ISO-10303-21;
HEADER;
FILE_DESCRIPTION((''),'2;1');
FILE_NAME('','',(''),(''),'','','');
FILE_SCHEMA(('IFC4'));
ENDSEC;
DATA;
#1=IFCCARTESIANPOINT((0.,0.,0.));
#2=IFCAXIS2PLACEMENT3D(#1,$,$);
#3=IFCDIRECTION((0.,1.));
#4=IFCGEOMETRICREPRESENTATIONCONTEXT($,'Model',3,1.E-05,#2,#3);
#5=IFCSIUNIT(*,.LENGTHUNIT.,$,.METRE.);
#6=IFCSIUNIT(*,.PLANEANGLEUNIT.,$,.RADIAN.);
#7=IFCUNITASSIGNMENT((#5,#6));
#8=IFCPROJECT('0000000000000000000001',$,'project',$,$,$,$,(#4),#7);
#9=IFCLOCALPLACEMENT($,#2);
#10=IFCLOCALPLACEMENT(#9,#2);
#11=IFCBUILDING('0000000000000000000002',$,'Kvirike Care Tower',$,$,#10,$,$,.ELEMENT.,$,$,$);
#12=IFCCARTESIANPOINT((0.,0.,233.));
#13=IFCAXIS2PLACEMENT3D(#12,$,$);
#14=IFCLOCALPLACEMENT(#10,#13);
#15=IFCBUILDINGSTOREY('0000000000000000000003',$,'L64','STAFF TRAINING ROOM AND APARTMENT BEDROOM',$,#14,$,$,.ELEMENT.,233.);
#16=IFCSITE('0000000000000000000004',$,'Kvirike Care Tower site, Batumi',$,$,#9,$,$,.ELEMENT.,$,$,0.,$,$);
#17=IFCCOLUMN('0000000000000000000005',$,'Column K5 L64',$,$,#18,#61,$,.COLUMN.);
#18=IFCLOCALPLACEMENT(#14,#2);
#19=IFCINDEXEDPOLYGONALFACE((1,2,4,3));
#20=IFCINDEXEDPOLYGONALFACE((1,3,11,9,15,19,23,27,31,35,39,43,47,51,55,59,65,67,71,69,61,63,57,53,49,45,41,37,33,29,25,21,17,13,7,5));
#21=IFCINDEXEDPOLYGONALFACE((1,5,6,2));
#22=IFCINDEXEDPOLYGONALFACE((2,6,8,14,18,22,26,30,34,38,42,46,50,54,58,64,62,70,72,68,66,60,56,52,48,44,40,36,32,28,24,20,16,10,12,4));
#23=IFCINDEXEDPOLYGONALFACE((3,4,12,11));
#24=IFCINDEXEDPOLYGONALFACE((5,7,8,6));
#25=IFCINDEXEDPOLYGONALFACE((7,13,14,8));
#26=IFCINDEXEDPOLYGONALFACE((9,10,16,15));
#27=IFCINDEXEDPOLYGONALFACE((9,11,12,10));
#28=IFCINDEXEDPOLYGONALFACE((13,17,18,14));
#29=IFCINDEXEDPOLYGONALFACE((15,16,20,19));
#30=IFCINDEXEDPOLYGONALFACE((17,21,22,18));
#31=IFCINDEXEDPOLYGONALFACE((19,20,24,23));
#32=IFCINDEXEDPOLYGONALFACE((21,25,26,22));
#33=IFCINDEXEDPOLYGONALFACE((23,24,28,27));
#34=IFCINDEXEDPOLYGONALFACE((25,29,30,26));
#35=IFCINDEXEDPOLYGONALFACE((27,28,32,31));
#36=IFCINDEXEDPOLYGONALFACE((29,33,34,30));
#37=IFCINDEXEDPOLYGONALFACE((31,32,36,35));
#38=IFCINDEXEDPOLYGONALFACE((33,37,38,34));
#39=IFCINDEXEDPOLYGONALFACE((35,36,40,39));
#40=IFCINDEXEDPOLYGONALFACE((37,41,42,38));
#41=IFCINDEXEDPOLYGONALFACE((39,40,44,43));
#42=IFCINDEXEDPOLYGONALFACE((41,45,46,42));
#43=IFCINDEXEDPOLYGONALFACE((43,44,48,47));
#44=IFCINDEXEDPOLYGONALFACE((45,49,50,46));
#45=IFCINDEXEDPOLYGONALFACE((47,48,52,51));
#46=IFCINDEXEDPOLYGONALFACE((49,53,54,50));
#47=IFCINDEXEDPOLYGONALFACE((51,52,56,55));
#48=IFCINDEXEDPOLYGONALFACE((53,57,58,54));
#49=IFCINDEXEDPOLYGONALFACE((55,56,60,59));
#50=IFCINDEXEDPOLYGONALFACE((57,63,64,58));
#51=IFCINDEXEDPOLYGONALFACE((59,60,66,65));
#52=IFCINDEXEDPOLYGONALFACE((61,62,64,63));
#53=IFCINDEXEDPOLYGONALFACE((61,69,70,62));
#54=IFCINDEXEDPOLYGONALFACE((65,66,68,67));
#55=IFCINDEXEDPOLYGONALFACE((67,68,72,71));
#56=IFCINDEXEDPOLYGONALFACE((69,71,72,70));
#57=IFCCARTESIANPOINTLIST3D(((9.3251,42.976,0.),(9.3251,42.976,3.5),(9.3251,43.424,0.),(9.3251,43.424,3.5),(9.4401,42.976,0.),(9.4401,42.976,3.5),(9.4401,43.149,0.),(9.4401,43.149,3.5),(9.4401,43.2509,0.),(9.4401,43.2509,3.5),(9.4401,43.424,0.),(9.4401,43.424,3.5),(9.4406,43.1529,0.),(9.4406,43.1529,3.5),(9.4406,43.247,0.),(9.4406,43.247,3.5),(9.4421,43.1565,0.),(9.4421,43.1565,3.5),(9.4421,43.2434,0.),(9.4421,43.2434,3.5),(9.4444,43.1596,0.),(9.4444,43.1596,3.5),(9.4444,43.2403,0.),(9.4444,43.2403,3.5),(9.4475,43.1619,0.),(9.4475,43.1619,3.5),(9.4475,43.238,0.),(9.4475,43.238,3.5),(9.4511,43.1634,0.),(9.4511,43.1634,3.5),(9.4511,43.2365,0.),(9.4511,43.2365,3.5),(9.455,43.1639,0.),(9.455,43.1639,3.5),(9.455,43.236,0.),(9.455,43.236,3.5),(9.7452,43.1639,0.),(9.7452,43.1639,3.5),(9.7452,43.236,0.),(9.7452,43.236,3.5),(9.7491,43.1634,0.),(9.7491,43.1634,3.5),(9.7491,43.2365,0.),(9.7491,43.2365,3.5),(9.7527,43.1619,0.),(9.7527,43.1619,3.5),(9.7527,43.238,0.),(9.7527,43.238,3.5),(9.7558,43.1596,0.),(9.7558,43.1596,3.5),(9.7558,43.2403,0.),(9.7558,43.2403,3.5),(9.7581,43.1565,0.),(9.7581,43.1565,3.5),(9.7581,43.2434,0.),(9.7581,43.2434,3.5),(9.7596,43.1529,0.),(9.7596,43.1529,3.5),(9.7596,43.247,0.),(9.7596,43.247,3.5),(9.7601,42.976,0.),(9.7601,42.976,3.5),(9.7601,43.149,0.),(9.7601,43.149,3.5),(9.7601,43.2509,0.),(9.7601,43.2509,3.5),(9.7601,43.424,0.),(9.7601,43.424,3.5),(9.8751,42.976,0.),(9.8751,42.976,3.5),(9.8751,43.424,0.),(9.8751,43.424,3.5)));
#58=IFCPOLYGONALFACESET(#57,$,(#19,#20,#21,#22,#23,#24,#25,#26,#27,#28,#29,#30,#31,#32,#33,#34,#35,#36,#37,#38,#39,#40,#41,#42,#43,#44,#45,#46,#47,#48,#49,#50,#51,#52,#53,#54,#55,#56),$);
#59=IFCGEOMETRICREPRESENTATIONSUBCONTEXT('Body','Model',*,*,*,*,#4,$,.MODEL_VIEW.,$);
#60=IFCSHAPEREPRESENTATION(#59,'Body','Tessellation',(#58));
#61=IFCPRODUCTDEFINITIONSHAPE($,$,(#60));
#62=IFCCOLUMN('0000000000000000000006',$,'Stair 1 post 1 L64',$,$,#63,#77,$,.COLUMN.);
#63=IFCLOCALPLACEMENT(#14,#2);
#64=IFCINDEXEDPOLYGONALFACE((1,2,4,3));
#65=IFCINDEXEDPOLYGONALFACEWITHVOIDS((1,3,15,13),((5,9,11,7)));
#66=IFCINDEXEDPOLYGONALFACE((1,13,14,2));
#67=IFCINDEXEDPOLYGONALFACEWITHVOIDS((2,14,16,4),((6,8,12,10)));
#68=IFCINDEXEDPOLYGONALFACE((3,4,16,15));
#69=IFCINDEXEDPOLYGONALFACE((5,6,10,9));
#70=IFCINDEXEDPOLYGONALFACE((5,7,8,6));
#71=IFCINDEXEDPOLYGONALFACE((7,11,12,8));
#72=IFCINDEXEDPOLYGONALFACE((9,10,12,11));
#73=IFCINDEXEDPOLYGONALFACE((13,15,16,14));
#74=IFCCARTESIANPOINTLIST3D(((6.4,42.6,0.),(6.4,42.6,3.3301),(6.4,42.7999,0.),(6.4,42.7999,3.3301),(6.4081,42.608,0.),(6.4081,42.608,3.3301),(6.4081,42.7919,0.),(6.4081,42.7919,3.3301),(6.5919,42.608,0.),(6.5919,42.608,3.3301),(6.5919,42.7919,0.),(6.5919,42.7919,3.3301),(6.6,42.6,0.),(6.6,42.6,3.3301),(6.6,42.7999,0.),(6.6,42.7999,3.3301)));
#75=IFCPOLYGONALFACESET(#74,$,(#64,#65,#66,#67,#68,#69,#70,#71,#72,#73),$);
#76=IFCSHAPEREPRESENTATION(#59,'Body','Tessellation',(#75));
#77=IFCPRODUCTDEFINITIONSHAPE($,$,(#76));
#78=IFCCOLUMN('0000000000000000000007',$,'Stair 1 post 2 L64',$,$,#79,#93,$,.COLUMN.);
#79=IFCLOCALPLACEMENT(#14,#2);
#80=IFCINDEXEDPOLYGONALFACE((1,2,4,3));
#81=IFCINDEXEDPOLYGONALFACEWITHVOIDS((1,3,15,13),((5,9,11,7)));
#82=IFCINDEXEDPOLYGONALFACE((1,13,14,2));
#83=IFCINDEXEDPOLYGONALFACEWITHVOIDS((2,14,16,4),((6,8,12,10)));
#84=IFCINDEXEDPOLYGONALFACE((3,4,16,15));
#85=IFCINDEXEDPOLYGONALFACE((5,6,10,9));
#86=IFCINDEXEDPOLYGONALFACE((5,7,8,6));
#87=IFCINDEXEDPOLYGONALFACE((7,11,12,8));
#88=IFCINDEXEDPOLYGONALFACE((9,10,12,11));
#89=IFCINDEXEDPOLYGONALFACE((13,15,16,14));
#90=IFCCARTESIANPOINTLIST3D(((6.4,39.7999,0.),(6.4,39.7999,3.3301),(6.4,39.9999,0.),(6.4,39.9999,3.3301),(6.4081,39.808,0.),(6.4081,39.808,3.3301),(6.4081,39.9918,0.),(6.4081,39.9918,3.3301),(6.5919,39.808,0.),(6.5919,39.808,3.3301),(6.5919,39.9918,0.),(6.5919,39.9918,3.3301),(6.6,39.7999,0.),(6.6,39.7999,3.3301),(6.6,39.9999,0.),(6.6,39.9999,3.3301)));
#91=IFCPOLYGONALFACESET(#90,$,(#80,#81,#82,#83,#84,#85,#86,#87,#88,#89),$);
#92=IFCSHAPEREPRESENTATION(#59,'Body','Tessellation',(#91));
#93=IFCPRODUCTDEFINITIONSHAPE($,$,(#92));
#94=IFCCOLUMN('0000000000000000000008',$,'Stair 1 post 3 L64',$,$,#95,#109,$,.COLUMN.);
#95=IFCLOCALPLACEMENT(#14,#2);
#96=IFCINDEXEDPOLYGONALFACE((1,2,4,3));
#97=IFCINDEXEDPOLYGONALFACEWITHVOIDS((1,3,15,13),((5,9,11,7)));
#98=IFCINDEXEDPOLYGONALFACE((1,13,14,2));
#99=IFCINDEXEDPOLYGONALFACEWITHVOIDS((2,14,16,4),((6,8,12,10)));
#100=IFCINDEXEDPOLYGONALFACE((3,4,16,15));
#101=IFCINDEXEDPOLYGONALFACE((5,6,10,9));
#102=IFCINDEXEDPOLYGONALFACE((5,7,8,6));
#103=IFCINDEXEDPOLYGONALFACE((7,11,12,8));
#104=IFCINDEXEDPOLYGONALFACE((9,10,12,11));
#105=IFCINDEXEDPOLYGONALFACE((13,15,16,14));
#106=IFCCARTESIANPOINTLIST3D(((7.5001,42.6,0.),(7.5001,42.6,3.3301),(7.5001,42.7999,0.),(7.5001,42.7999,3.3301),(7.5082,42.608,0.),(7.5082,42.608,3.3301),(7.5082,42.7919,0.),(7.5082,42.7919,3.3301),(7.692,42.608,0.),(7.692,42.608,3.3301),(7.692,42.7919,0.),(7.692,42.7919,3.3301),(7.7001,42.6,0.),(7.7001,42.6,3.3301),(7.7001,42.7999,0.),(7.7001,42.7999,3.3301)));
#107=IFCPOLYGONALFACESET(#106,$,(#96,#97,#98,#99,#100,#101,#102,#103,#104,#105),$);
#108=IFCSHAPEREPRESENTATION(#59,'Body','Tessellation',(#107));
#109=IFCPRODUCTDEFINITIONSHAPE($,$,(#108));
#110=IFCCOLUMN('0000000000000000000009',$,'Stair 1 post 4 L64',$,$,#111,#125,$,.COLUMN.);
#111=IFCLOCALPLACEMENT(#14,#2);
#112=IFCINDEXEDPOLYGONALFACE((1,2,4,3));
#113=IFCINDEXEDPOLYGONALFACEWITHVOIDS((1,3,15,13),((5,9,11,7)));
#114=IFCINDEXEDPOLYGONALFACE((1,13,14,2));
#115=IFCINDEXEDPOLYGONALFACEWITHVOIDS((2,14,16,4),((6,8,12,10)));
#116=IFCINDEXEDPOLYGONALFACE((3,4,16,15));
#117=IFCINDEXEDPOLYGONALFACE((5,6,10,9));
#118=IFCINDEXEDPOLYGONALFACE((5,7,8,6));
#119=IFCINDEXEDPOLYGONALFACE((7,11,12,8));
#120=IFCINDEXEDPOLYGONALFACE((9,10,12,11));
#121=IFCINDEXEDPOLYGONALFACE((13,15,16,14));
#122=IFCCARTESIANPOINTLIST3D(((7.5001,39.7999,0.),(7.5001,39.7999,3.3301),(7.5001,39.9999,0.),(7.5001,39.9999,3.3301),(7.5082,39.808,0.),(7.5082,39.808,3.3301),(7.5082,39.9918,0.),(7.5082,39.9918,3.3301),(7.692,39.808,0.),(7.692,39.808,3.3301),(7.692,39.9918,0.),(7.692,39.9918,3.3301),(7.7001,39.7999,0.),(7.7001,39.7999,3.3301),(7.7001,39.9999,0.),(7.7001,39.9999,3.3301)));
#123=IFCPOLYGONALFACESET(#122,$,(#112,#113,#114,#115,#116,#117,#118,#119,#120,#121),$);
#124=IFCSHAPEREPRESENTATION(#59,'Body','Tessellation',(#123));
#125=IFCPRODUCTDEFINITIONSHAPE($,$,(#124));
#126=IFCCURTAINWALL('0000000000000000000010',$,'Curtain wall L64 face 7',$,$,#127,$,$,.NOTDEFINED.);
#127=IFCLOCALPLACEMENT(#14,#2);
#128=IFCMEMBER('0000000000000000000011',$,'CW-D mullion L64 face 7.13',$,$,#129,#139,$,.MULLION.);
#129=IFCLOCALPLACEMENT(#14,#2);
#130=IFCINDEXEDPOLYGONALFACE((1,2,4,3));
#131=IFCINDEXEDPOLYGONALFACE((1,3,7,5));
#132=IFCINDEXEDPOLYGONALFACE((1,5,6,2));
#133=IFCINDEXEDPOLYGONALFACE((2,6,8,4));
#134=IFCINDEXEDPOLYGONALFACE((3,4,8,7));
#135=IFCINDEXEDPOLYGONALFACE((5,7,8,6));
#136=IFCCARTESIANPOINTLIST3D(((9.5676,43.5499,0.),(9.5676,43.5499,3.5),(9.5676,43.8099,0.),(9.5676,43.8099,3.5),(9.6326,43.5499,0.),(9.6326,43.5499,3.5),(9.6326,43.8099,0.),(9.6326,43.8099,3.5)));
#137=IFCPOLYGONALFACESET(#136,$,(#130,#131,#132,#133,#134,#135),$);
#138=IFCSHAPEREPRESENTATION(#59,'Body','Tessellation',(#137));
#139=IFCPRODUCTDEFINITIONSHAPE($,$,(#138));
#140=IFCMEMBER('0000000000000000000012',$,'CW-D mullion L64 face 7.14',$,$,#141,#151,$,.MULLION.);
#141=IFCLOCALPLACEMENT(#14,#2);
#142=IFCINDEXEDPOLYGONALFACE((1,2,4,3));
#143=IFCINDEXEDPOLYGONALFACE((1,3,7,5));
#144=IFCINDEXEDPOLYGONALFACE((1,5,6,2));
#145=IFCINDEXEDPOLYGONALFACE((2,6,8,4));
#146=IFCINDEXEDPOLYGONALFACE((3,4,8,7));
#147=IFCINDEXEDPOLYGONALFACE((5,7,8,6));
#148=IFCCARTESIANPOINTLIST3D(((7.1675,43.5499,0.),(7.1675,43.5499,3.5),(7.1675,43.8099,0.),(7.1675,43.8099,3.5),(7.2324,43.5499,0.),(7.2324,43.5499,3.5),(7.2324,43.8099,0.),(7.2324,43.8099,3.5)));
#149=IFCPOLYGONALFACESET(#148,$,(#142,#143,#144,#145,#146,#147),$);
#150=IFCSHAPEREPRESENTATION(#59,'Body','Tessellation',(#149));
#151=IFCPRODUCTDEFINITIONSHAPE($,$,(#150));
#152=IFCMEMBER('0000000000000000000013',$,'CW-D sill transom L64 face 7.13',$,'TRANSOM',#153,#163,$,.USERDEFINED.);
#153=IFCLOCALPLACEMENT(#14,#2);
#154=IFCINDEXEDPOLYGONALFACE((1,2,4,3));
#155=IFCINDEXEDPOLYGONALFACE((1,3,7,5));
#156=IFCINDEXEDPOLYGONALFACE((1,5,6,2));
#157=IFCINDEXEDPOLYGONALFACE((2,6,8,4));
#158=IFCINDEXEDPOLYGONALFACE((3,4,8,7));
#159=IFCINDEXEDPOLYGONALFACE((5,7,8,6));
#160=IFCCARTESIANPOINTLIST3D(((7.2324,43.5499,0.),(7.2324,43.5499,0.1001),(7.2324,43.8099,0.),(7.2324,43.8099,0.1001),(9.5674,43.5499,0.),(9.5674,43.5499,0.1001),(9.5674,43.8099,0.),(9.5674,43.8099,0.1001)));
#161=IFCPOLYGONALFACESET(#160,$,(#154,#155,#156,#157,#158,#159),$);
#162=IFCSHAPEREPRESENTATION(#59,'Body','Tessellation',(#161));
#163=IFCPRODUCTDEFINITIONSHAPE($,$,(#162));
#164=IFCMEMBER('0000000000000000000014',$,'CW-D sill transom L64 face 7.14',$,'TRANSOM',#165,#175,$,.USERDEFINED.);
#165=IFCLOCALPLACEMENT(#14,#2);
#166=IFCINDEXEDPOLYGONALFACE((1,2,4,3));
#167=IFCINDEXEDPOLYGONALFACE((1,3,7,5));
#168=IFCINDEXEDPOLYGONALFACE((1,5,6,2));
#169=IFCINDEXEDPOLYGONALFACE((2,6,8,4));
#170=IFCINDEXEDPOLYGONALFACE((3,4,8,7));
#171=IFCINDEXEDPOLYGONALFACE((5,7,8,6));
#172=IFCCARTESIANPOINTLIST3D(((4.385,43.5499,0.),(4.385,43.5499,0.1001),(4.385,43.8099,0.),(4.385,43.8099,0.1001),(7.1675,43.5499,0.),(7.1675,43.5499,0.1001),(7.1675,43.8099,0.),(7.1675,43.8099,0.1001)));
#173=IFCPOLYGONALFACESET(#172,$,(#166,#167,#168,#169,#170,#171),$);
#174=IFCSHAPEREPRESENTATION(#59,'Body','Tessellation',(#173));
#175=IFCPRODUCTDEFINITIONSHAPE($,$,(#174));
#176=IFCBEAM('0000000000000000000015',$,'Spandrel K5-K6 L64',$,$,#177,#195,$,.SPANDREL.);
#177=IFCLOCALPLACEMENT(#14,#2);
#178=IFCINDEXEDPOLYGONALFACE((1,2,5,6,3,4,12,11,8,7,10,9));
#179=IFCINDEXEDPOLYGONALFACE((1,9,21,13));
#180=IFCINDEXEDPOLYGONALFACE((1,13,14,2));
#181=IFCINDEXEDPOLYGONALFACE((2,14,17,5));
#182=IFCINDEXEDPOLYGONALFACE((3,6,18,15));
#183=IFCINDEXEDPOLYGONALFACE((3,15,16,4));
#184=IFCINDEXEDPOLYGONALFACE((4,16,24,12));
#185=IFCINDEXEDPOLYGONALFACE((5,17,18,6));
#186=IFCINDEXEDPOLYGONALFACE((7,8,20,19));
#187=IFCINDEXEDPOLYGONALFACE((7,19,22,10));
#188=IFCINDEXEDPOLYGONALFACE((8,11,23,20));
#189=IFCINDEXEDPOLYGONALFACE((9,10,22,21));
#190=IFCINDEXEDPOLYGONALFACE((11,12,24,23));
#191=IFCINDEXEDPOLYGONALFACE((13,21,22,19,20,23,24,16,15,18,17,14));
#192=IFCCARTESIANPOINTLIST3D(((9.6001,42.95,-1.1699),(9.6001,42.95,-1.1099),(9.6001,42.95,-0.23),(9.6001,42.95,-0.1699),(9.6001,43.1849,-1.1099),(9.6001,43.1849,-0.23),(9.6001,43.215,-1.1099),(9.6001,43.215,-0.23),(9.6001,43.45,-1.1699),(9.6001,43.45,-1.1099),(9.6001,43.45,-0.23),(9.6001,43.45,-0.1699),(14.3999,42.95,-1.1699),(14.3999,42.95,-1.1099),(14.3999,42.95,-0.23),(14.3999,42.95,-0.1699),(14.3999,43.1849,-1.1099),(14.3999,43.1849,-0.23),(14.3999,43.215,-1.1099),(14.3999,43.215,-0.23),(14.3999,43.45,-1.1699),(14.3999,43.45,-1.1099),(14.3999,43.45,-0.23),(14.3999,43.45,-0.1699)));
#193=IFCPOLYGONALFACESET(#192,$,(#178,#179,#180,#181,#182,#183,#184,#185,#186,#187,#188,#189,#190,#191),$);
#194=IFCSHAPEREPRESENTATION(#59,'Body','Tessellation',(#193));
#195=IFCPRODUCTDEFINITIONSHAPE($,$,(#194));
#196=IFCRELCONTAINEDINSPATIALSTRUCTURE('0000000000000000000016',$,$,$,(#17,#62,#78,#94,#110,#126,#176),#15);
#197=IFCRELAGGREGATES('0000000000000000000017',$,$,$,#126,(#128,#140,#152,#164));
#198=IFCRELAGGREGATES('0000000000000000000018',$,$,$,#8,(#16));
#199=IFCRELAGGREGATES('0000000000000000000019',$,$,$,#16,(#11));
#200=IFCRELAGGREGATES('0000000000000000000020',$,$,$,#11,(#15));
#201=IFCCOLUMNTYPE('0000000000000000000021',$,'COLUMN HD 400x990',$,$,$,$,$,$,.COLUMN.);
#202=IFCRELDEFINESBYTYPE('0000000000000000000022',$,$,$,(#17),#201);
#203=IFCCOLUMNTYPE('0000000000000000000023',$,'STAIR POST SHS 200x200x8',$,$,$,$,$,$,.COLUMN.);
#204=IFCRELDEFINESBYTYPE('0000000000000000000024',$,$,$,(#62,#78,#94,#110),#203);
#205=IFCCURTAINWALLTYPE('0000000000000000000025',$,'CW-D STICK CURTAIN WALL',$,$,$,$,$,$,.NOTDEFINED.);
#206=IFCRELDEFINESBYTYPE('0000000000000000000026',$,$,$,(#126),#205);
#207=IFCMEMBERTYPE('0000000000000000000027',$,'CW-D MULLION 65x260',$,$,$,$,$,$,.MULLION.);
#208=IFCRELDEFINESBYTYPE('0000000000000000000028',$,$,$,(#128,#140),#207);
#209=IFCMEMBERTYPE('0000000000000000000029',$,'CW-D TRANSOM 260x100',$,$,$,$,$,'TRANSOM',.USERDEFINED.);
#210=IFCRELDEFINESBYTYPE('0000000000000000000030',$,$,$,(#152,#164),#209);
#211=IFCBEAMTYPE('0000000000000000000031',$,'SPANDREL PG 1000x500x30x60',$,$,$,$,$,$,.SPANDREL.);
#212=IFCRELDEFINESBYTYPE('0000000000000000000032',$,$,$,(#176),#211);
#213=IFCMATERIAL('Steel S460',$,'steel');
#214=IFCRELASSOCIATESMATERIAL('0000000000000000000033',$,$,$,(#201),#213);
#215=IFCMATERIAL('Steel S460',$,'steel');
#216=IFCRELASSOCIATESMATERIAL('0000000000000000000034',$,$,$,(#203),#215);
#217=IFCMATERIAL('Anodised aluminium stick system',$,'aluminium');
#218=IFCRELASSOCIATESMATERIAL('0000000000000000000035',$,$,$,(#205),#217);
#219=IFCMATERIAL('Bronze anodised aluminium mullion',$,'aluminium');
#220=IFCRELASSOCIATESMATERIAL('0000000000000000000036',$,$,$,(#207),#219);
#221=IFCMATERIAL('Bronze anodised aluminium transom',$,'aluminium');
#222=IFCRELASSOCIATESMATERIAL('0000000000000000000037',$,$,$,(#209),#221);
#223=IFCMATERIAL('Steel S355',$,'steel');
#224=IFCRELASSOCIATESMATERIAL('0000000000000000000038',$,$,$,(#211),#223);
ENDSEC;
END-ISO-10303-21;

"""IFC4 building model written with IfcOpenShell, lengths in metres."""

from ifc_helpers import new_model, si_unit, direction, frame, origin, origin_2d, place, context, subcontext, project, spatial, rectangle, hollow_rectangle, i_section, extrude, material, material_profile, profile_set, type_object, element, aggregate, save


model = new_model("IFC4")

# Units and contexts
model_context = context("Model", 3, precision=1e-05, world=origin(), true_north=direction((0.0, 1.0)))
body_context = subcontext(model_context, "Body", "Model", "MODEL_VIEW")
ifc_project = project(units=[si_unit("LENGTHUNIT", "METRE"), si_unit("PLANEANGLEUNIT", "RADIAN")], contexts=[model_context])

# Site, building, storey
site_placement = place(None, origin())
site = spatial("IfcSite", under=ifc_project, at=site_placement, Name="Kvirike Care Tower site, Batumi", CompositionType="ELEMENT", RefElevation=0.0)
building_placement = place(site_placement, origin())
building = spatial("IfcBuilding", under=site, at=building_placement, Name="Kvirike Care Tower", CompositionType="ELEMENT")
storey_placement = place(building_placement, frame((0.0, 0.0, 233.0)))
storey = spatial("IfcBuildingStorey", under=building, at=storey_placement, Name="L64", Description="STAFF TRAINING ROOM AND APARTMENT BEDROOM", CompositionType="ELEMENT", Elevation=233.0)

# Columns
ifc_material_1 = material(Name="Steel S460", Category="steel")
ifc_material_profile_1 = material_profile(ifc_material_1, i_section(OverallWidth=0.448, OverallDepth=0.55, WebThickness=0.072, FlangeThickness=0.115, FilletRadius=0.0149, at=origin_2d()), Name="HD 400x990")
ifc_profile_set_1 = profile_set([ifc_material_profile_1], Name="Steel S460")
column_type_1 = type_object("IfcColumnType", Name="COLUMN HD 400x990", PredefinedType="COLUMN", material=ifc_profile_set_1)
column_placement = place(storey_placement, frame((9.6001, 43.2, 0.0), z_axis=(0.0, 0.0, 1.0), x_axis=(0.0, 1.0, 0.0)))
element("IfcColumn", 1, at=column_placement, inside=storey, type_object=column_type_1, Name="Column K5 L64", PredefinedType="COLUMN", context=body_context, shape_type="SweptSolid", body=[
    extrude(i_section(OverallWidth=0.448, OverallDepth=0.55, WebThickness=0.072, FlangeThickness=0.115, FilletRadius=0.0149, at=origin_2d()), origin(), (0.0, 0.0, 1.0), 3.5),
])
ifc_material_2 = material(Name="Steel S460", Category="steel")
ifc_material_profile_2 = material_profile(ifc_material_2, hollow_rectangle(XDim=0.2, YDim=0.2, WallThickness=0.0081, at=origin_2d()), Name="SHS 200x200x8")
ifc_profile_set_2 = profile_set([ifc_material_profile_2], Name="Steel S460")
column_type_2 = type_object("IfcColumnType", Name="STAIR POST SHS 200x200x8", PredefinedType="COLUMN", material=ifc_profile_set_2)
for number, where, z_axis, x_axis, name in (
    (2, (6.5, 42.7, 0.0), (0.0, 0.0, 1.0), (1.0, 0.0, 0.0), "Stair 1 post 1 L64"),
    (3, (6.5, 39.8999, 0.0), (0.0, 0.0, 1.0), (1.0, 0.0, 0.0), "Stair 1 post 2 L64"),
    (4, (7.6001, 42.7, 0.0), (0.0, 0.0, 1.0), (1.0, 0.0, 0.0), "Stair 1 post 3 L64"),
    (5, (7.6001, 39.8999, 0.0), (0.0, 0.0, 1.0), (1.0, 0.0, 0.0), "Stair 1 post 4 L64"),
):
    element("IfcColumn", number, at=place(storey_placement, frame(where, z_axis=z_axis, x_axis=x_axis)), inside=storey, type_object=column_type_2, Name=name, PredefinedType="COLUMN", context=body_context, shape_type="SweptSolid", body=[
        extrude(hollow_rectangle(XDim=0.2, YDim=0.2, WallThickness=0.0081, at=origin_2d()), origin(), (0.0, 0.0, 1.0), 3.3301),
    ])

# Curtain wall, members
ifc_material_3 = material(Name="Anodised aluminium stick system", Category="aluminium")
curtain_wall_type = type_object("IfcCurtainWallType", Name="CW-D STICK CURTAIN WALL", PredefinedType="NOTDEFINED", material=ifc_material_3)
curtain_wall_placement = place(storey_placement, origin())
curtain_wall = element("IfcCurtainWall", 6, at=curtain_wall_placement, inside=storey, type_object=curtain_wall_type, Name="Curtain wall L64 face 7", PredefinedType="NOTDEFINED")
ifc_material_4 = material(Name="Bronze anodised aluminium mullion", Category="aluminium")
ifc_material_profile_3 = material_profile(ifc_material_4, rectangle(XDim=0.0649, YDim=0.26, at=origin_2d()), Name="CW-D MULLION 65x260")
ifc_profile_set_3 = profile_set([ifc_material_profile_3], Name="Bronze anodised aluminium mullion")
member_type_1 = type_object("IfcMemberType", Name="CW-D MULLION 65x260", PredefinedType="MULLION", material=ifc_profile_set_3)
member_1_placement = place(storey_placement, frame((9.6001, 43.6799, 0.0), z_axis=(0.0, 0.0, 1.0), x_axis=(-1.0, 0.0, 0.0)))
member_1 = element("IfcMember", 7, at=member_1_placement, type_object=member_type_1, Name="CW-D mullion L64 face 7.13", PredefinedType="MULLION", context=body_context, shape_type="SweptSolid", body=[
    extrude(rectangle(XDim=0.0649, YDim=0.26, at=origin_2d()), origin(), (0.0, 0.0, 1.0), 3.5),
])
member_2_placement = place(storey_placement, frame((7.2, 43.6799, 0.0), z_axis=(0.0, 0.0, 1.0), x_axis=(-1.0, 0.0, 0.0)))
member_2 = element("IfcMember", 8, at=member_2_placement, type_object=member_type_1, Name="CW-D mullion L64 face 7.14", PredefinedType="MULLION", context=body_context, shape_type="SweptSolid", body=[
    extrude(rectangle(XDim=0.0649, YDim=0.26, at=origin_2d()), origin(), (0.0, 0.0, 1.0), 3.5),
])
ifc_material_5 = material(Name="Bronze anodised aluminium transom", Category="aluminium")
ifc_material_profile_4 = material_profile(ifc_material_5, rectangle(XDim=0.26, YDim=0.1001, at=origin_2d()), Name="CW-D TRANSOM 260x100")
ifc_profile_set_4 = profile_set([ifc_material_profile_4], Name="Bronze anodised aluminium transom")
member_type_2 = type_object("IfcMemberType", Name="CW-D TRANSOM 260x100", ElementType="TRANSOM", PredefinedType="USERDEFINED", material=ifc_profile_set_4)
member_3_placement = place(storey_placement, frame((9.5674, 43.6799, 0.05), z_axis=(-1.0, 0.0, 0.0), x_axis=(0.0, -1.0, 0.0)))
member_3 = element("IfcMember", 9, at=member_3_placement, type_object=member_type_2, Name="CW-D sill transom L64 face 7.13", ObjectType="TRANSOM", PredefinedType="USERDEFINED", context=body_context, shape_type="SweptSolid", body=[
    extrude(rectangle(XDim=0.26, YDim=0.1001, at=origin_2d()), origin(), (0.0, 0.0, 1.0), 2.335),
])
member_4_placement = place(storey_placement, frame((7.1675, 43.6799, 0.05), z_axis=(-1.0, 0.0, 0.0), x_axis=(0.0, -1.0, 0.0)))
member_4 = element("IfcMember", 10, at=member_4_placement, type_object=member_type_2, Name="CW-D sill transom L64 face 7.14", ObjectType="TRANSOM", PredefinedType="USERDEFINED", context=body_context, shape_type="SweptSolid", body=[
    extrude(rectangle(XDim=0.26, YDim=0.1001, at=origin_2d()), origin(), (0.0, 0.0, 1.0), 2.7825),
])

# Beam
ifc_material_6 = material(Name="Steel S355", Category="steel")
ifc_material_profile_5 = material_profile(ifc_material_6, i_section(OverallWidth=0.5, OverallDepth=1.0, WebThickness=0.03, FlangeThickness=0.0601, at=origin_2d()), Name="PG 1000x500x30x60")
ifc_profile_set_5 = profile_set([ifc_material_profile_5], Name="Steel S355")
beam_type_1 = type_object("IfcBeamType", Name="SPANDREL PG 1000x500x30x60", PredefinedType="SPANDREL", material=ifc_profile_set_5)
beam_placement = place(storey_placement, frame((9.6001, 43.2, -0.6699), z_axis=(1.0, 0.0, 0.0), x_axis=(0.0, 1.0, 0.0)))
element("IfcBeam", 11, at=beam_placement, inside=storey, type_object=beam_type_1, Name="Spandrel K5-K6 L64", PredefinedType="SPANDREL", context=body_context, shape_type="SweptSolid", body=[
    extrude(i_section(OverallWidth=0.5, OverallDepth=1.0, WebThickness=0.03, FlangeThickness=0.0601, at=origin_2d()), origin(), (0.0, 0.0, 1.0), 4.7998),
])

aggregate(curtain_wall, [member_1, member_2, member_3, member_4])

save(model, "model.ifc")
